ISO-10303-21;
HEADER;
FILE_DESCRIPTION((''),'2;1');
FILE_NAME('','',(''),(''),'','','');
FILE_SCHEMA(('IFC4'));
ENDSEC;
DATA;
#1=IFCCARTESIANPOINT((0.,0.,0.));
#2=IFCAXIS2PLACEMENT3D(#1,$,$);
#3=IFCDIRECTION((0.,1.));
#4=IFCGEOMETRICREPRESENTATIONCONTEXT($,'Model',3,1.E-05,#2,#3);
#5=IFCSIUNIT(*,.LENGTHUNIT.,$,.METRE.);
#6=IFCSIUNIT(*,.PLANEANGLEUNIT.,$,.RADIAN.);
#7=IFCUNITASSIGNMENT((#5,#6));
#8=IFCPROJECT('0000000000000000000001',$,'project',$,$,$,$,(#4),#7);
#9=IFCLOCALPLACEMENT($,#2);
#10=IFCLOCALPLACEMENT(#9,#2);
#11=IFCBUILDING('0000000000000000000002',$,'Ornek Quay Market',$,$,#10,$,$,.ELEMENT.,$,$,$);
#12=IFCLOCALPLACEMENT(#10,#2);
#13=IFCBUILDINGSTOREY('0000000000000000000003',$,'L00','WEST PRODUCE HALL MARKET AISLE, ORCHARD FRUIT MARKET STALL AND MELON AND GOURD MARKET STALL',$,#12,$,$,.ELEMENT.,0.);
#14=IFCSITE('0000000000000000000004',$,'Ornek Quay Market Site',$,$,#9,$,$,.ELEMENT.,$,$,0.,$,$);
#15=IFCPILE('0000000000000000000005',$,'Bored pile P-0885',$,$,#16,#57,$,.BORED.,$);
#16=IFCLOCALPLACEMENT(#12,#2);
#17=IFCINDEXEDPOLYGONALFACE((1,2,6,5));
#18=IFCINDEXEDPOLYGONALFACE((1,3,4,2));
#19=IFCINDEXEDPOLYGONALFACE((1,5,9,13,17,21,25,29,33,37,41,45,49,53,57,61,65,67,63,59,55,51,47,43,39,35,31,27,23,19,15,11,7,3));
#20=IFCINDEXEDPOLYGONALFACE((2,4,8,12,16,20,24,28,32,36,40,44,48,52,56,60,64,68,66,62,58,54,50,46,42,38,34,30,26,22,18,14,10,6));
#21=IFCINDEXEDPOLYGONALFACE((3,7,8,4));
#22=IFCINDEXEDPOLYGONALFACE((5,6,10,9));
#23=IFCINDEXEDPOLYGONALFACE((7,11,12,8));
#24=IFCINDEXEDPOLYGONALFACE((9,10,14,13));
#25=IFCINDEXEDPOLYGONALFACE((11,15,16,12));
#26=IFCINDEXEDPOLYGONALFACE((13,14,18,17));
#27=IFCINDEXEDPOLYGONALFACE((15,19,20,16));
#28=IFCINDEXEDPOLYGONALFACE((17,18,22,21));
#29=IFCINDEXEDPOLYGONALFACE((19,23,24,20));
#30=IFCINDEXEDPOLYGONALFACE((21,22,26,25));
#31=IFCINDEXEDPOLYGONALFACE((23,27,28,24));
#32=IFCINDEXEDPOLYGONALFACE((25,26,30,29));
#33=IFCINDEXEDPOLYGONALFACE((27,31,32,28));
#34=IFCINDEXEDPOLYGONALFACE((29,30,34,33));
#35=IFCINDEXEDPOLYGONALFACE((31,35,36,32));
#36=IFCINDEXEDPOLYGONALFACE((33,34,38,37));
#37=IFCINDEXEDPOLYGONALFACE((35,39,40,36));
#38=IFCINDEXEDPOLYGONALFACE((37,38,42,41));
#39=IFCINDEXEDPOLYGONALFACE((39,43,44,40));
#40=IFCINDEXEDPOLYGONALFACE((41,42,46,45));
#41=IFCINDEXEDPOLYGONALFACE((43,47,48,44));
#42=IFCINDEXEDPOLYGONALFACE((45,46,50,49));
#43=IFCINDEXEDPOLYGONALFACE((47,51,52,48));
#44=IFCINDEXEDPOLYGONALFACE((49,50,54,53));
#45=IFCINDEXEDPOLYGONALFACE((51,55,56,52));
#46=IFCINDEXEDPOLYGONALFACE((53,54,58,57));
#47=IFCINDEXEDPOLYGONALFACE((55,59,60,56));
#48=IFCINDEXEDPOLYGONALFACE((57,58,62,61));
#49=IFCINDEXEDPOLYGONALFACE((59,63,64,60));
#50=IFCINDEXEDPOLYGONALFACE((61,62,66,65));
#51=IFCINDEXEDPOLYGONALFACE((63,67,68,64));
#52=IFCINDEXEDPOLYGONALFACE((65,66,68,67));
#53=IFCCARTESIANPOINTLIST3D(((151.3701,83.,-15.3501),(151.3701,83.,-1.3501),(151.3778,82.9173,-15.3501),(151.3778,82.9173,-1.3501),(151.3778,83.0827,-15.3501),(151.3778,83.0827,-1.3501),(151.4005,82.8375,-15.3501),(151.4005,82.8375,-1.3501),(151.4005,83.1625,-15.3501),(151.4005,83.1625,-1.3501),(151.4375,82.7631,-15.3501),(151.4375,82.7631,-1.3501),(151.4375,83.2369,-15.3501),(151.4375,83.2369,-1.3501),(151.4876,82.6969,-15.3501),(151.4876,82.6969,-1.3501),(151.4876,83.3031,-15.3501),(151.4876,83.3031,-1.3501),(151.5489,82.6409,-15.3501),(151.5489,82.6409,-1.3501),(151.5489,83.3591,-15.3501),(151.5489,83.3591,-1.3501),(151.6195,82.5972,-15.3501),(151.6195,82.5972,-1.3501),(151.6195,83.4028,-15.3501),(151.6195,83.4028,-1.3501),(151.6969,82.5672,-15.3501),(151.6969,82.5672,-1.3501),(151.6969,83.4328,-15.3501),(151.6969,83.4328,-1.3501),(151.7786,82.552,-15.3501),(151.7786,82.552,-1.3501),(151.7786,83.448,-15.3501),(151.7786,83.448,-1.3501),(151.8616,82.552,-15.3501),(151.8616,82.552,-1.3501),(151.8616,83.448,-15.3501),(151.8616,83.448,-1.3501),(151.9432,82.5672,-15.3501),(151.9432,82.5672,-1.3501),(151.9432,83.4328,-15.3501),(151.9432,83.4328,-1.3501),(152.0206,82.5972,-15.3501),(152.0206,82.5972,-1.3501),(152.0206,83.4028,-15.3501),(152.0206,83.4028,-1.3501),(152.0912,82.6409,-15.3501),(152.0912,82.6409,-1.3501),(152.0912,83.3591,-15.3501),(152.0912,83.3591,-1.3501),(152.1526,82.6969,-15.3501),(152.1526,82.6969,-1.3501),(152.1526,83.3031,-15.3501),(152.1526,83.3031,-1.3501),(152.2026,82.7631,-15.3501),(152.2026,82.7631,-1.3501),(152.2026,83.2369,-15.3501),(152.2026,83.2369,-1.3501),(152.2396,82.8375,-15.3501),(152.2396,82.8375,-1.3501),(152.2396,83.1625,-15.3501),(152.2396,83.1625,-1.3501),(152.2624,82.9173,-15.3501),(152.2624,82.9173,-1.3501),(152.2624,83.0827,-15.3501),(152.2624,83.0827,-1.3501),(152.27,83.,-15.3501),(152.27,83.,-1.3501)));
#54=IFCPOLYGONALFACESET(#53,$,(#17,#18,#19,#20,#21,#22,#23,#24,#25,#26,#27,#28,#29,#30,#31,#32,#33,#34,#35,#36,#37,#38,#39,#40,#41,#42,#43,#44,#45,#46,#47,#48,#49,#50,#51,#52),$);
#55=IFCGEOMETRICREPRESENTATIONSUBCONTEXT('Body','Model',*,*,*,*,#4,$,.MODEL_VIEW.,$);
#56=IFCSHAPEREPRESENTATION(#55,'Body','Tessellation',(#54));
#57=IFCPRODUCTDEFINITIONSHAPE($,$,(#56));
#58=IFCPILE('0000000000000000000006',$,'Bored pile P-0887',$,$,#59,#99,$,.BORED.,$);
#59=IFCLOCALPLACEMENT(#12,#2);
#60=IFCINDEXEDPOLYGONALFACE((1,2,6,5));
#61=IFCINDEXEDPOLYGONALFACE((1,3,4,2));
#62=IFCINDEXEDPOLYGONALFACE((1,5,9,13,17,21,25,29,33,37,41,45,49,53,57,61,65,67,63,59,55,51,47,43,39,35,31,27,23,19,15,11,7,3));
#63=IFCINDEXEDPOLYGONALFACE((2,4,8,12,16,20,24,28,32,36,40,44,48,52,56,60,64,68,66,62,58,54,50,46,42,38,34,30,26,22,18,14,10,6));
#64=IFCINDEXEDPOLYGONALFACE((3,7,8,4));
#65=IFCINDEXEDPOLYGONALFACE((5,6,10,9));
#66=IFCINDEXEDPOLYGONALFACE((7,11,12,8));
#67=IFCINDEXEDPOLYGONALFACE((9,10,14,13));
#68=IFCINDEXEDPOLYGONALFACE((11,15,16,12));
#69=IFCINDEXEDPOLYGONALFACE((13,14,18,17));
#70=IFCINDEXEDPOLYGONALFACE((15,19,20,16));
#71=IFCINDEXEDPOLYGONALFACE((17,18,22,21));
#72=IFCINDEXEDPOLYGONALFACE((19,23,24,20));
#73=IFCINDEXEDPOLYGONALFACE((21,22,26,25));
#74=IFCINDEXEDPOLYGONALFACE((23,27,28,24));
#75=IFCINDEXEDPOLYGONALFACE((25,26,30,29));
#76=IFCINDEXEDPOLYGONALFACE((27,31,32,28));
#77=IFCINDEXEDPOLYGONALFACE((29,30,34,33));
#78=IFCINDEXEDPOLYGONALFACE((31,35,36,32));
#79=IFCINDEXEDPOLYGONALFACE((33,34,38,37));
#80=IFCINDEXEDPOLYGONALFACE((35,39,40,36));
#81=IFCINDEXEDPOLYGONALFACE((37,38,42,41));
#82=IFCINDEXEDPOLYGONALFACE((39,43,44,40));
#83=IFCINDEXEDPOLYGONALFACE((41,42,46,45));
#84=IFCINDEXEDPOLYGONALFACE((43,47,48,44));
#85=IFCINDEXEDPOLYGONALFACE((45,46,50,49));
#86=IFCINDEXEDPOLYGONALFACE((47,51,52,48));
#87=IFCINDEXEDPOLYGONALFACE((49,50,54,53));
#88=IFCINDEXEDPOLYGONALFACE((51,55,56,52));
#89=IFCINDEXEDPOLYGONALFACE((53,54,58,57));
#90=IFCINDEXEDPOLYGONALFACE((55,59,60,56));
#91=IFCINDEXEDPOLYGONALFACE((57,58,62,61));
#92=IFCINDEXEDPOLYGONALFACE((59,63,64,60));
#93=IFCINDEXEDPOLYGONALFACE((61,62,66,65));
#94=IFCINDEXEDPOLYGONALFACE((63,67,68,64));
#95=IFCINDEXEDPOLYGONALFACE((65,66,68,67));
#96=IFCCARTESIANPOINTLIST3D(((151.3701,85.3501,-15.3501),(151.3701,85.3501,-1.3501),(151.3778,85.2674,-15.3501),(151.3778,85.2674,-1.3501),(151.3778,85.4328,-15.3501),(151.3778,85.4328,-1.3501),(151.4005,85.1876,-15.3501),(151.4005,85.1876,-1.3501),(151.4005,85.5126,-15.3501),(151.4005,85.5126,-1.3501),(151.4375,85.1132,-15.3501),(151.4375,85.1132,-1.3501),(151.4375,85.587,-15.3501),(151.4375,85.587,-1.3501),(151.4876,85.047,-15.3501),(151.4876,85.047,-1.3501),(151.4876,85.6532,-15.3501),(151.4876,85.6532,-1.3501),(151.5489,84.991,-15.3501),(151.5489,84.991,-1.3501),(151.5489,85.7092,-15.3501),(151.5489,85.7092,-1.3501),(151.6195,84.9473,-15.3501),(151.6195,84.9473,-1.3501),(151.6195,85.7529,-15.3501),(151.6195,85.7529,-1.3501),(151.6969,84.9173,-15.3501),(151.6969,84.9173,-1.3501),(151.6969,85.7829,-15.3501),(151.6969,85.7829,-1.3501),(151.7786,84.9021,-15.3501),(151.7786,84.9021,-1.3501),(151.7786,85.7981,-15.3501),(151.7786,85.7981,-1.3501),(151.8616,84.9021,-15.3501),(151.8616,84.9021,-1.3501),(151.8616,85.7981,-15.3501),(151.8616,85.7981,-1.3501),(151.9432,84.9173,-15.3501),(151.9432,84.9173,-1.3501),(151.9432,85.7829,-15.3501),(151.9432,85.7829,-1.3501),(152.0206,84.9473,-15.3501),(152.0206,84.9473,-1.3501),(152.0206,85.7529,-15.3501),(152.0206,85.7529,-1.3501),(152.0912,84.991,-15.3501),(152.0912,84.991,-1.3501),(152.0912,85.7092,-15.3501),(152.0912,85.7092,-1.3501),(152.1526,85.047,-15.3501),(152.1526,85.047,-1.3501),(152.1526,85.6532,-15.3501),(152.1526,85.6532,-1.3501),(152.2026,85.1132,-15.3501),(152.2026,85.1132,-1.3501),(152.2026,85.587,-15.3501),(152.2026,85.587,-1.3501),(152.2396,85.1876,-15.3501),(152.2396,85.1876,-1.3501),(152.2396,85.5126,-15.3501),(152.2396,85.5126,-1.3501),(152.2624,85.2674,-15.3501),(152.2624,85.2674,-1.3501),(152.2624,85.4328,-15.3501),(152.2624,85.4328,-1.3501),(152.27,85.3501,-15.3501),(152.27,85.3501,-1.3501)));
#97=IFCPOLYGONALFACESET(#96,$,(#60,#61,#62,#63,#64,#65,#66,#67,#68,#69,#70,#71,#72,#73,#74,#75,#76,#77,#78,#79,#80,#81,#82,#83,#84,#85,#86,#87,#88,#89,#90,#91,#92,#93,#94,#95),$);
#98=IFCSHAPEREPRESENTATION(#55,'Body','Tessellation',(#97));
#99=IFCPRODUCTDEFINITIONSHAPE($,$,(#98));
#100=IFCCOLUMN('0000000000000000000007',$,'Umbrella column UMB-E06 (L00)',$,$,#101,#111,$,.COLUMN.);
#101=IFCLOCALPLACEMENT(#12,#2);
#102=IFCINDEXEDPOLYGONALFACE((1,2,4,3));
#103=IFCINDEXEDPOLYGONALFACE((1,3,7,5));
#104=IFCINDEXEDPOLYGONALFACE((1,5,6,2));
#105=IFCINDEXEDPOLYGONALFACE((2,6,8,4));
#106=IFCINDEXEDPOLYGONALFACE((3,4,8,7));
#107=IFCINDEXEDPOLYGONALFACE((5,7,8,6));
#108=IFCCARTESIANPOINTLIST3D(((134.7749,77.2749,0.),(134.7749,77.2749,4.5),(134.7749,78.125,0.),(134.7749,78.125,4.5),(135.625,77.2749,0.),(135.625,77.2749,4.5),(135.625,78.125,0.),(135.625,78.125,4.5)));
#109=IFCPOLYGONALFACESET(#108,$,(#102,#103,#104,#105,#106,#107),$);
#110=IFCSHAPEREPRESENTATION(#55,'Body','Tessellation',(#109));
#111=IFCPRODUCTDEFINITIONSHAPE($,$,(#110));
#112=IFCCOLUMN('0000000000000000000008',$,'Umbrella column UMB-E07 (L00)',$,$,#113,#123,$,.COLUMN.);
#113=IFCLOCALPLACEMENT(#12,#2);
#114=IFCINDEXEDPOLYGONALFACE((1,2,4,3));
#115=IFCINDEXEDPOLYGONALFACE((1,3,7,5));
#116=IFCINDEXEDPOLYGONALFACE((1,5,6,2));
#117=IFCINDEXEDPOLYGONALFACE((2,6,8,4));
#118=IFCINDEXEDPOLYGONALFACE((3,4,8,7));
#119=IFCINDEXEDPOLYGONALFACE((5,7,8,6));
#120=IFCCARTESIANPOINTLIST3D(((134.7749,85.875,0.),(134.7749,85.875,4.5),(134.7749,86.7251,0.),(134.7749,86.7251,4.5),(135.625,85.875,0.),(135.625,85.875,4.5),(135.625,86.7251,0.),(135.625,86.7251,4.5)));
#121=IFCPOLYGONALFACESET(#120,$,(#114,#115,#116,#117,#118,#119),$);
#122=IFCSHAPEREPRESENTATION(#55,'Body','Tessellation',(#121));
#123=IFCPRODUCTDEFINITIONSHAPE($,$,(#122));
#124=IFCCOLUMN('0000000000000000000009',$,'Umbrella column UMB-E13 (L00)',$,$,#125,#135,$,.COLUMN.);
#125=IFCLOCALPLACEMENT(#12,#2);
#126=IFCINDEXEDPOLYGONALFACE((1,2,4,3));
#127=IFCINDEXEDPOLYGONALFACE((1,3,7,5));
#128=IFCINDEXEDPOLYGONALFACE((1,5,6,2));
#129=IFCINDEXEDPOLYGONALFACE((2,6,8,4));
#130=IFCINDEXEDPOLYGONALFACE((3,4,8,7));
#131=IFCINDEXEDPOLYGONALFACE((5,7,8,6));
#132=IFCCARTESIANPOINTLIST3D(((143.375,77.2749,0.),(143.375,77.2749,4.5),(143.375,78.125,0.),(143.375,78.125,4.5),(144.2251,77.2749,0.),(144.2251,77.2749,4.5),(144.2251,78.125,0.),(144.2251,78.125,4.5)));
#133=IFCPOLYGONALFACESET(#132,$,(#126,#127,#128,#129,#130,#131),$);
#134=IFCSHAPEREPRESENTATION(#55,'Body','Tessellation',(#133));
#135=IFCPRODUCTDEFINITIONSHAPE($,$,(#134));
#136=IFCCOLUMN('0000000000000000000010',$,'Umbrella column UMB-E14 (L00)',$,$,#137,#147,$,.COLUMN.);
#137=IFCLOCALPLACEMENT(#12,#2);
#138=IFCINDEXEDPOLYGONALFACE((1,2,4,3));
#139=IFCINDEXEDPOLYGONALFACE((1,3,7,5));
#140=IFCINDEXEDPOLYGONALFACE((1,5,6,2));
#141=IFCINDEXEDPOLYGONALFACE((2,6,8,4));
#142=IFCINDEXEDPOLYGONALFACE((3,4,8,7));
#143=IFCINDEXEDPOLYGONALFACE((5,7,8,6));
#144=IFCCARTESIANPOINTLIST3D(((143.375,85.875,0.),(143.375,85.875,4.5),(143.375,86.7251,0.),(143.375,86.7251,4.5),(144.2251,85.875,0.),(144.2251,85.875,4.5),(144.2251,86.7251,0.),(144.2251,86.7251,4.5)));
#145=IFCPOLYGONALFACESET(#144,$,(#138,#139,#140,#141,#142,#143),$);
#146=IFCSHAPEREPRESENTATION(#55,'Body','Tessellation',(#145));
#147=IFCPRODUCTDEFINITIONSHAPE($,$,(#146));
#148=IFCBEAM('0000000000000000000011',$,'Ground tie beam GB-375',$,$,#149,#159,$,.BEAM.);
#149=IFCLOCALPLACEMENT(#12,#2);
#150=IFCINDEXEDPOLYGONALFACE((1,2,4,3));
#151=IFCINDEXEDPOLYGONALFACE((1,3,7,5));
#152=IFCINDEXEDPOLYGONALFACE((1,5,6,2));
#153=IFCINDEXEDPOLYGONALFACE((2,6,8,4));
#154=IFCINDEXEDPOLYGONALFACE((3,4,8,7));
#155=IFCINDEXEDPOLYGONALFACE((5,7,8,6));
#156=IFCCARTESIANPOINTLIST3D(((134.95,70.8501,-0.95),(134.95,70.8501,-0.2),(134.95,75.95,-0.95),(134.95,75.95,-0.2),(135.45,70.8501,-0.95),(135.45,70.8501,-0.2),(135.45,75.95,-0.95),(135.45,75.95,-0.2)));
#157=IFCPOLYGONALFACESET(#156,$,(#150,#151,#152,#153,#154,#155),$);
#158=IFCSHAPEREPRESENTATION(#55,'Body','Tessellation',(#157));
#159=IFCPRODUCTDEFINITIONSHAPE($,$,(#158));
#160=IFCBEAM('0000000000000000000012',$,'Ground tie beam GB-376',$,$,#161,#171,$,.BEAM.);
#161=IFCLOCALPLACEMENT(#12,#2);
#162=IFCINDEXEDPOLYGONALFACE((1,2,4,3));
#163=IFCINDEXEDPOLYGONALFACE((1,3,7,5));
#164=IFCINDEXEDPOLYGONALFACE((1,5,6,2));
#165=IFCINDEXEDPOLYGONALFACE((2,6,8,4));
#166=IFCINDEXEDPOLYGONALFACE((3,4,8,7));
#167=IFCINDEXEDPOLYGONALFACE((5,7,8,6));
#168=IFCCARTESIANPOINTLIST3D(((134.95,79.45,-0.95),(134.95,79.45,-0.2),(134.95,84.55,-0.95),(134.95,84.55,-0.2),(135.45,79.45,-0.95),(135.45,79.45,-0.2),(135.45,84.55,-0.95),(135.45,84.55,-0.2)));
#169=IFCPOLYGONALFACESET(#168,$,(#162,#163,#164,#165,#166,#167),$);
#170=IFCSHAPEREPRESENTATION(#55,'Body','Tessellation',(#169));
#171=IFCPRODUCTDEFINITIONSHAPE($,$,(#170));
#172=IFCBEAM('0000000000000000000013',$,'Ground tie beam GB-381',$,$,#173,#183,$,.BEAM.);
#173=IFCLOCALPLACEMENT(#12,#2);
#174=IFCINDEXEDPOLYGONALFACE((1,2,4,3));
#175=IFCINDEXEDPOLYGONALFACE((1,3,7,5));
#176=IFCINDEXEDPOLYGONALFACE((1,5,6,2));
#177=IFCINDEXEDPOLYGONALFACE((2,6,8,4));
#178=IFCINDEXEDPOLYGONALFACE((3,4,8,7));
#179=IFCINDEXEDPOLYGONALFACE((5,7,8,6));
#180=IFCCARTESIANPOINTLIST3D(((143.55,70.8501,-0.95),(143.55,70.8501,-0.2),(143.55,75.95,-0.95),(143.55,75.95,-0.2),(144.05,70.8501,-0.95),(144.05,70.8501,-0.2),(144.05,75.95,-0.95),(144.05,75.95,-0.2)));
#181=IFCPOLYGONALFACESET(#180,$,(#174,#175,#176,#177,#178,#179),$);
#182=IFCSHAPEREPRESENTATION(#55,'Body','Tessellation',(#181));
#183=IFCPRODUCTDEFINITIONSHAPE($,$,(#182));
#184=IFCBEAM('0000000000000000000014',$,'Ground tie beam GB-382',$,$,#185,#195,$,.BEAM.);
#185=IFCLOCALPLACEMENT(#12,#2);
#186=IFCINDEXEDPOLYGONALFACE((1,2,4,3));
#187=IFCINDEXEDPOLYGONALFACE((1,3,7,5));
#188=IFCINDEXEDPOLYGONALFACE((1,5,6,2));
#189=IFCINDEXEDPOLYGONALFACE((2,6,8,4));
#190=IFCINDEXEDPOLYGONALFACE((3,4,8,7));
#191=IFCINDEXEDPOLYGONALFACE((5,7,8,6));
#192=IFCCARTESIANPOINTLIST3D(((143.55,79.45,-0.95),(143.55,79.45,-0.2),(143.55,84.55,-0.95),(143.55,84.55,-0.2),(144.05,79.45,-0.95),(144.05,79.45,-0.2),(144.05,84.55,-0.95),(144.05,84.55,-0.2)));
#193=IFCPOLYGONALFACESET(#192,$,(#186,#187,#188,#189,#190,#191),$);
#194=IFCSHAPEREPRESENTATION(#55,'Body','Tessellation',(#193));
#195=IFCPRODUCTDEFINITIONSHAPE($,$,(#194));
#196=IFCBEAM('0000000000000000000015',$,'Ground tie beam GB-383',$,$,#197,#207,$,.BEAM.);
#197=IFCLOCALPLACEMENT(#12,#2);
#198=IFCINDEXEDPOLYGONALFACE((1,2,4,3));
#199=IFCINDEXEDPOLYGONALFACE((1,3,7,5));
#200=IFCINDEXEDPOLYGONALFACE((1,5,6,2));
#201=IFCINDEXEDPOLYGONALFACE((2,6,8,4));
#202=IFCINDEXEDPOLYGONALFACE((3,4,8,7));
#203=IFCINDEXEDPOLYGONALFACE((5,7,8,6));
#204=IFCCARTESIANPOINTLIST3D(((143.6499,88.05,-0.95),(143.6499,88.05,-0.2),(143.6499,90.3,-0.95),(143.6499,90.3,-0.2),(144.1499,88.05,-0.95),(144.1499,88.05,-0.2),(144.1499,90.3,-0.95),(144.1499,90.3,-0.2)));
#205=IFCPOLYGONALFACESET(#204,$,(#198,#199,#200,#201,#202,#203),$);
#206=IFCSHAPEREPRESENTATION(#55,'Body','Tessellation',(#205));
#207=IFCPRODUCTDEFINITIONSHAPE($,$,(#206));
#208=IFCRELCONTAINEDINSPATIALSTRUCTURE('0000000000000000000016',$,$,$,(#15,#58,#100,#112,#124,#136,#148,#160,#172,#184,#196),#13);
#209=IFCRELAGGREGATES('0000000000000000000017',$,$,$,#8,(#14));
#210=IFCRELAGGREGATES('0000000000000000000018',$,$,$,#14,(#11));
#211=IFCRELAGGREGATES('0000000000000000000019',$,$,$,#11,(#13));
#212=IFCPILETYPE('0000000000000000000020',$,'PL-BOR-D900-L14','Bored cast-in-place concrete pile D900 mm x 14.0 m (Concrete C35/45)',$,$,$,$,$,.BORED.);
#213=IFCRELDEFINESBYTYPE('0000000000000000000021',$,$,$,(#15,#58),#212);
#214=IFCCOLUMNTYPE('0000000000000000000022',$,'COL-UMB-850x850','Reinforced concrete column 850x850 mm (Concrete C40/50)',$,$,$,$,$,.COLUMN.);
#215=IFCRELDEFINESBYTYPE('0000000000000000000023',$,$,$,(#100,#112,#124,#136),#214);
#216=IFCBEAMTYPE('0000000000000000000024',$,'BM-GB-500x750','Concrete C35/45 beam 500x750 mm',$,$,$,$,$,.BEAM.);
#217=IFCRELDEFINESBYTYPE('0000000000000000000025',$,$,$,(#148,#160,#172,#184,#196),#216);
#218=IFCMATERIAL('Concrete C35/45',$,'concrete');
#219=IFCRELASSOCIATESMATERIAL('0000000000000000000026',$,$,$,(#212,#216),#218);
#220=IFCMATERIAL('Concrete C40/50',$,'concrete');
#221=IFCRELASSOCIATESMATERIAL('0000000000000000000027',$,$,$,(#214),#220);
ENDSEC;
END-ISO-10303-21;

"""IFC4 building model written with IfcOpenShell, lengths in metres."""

from ifc_helpers import new_model, si_unit, direction, frame, origin, origin_2d, place, context, subcontext, project, spatial, rectangle, circle, extrude, material, material_profile, profile_set, type_object, element, save


model = new_model("IFC4")

# Units and contexts
model_context = context("Model", 3, precision=1e-05, world=origin(), true_north=direction((0.0, 1.0)))
body_context = subcontext(model_context, "Body", "Model", "MODEL_VIEW")
ifc_project = project(units=[si_unit("LENGTHUNIT", "METRE"), si_unit("PLANEANGLEUNIT", "RADIAN")], contexts=[model_context])

# Site, building, storey
site_placement = place(None, origin())
site = spatial("IfcSite", under=ifc_project, at=site_placement, Name="Ornek Quay Market Site", CompositionType="ELEMENT", RefElevation=0.0)
building_placement = place(site_placement, origin())
building = spatial("IfcBuilding", under=site, at=building_placement, Name="Ornek Quay Market", CompositionType="ELEMENT")
storey_placement = place(building_placement, origin())
storey = spatial("IfcBuildingStorey", under=building, at=storey_placement, Name="L00", Description="WEST PRODUCE HALL MARKET AISLE, ORCHARD FRUIT MARKET STALL AND MELON AND GOURD MARKET STALL", CompositionType="ELEMENT", Elevation=0.0)

# Piles
ifc_material_1 = material(Name="Concrete C35/45", Category="concrete")
ifc_material_profile_1 = material_profile(ifc_material_1, circle(Radius=0.45, at=origin_2d()), Name="PILE D900", Category="concrete")
ifc_profile_set_1 = profile_set([ifc_material_profile_1], Name="Concrete C35/45")
pile_type_1 = type_object("IfcPileType", Name="PL-BOR-D900-L14", Description="Bored cast-in-place concrete pile D900 mm x 14.0 m (Concrete C35/45)", PredefinedType="BORED", material=ifc_profile_set_1)
for number, where, z_axis, x_axis, name in (
    (1, (151.8201, 83.0, -1.3501), (0.0, 0.0, -1.0), (1.0, 0.0, 0.0), "Bored pile P-0885"),
    (2, (151.8201, 85.3501, -1.3501), (0.0, 0.0, -1.0), (1.0, 0.0, 0.0), "Bored pile P-0887"),
):
    element("IfcPile", number, at=place(storey_placement, frame(where, z_axis=z_axis, x_axis=x_axis)), inside=storey, type_object=pile_type_1, Name=name, PredefinedType="BORED", context=body_context, shape_type="SweptSolid", body=[
        extrude(circle(Radius=0.45, at=origin_2d()), origin(), (0.0, 0.0, 1.0), 14.0),
    ])

# Columns
ifc_material_2 = material(Name="Concrete C40/50", Category="concrete")
ifc_material_profile_2 = material_profile(ifc_material_2, rectangle(XDim=0.8501, YDim=0.8501, at=origin_2d()), Name="RC 850x850", Category="concrete")
ifc_profile_set_2 = profile_set([ifc_material_profile_2], Name="Concrete C40/50")
column_type = type_object("IfcColumnType", Name="COL-UMB-850x850", Description="Reinforced concrete column 850x850 mm (Concrete C40/50)", PredefinedType="COLUMN", material=ifc_profile_set_2)
for number, where, z_axis, x_axis, name in (
    (3, (135.2, 77.7, 0.0), (0.0, 0.0, 1.0), (1.0, 0.0, 0.0), "Umbrella column UMB-E06 (L00)"),
    (4, (135.2, 86.3, 0.0), (0.0, 0.0, 1.0), (1.0, 0.0, 0.0), "Umbrella column UMB-E07 (L00)"),
    (5, (143.8, 77.7, 0.0), (0.0, 0.0, 1.0), (1.0, 0.0, 0.0), "Umbrella column UMB-E13 (L00)"),
    (6, (143.8, 86.3, 0.0), (0.0, 0.0, 1.0), (1.0, 0.0, 0.0), "Umbrella column UMB-E14 (L00)"),
):
    element("IfcColumn", number, at=place(storey_placement, frame(where, z_axis=z_axis, x_axis=x_axis)), inside=storey, type_object=column_type, Name=name, PredefinedType="COLUMN", context=body_context, shape_type="SweptSolid", body=[
        extrude(rectangle(XDim=0.8501, YDim=0.8501, at=origin_2d()), origin(), (0.0, 0.0, 1.0), 4.5),
    ])

# Beams
ifc_material_profile_3 = material_profile(ifc_material_1, rectangle(XDim=0.5, YDim=0.75, at=origin_2d()), Name="RC 500x750", Category="concrete")
ifc_profile_set_3 = profile_set([ifc_material_profile_3], Name="Concrete C35/45")
beam_type_1 = type_object("IfcBeamType", Name="BM-GB-500x750", Description="Concrete C35/45 beam 500x750 mm", PredefinedType="BEAM", material=ifc_profile_set_3)
beam_1_placement = place(storey_placement, frame((135.2, 70.8501, -0.575), z_axis=(0.0, 1.0, 0.0), x_axis=(-1.0, 0.0, 0.0)))
element("IfcBeam", 7, at=beam_1_placement, inside=storey, type_object=beam_type_1, Name="Ground tie beam GB-375", PredefinedType="BEAM", context=body_context, shape_type="SweptSolid", body=[
    extrude(rectangle(XDim=0.5, YDim=0.75, at=origin_2d()), origin(), (0.0, 0.0, 1.0), 5.0999),
])
beam_2_placement = place(storey_placement, frame((135.2, 79.45, -0.575), z_axis=(0.0, 1.0, 0.0), x_axis=(-1.0, 0.0, 0.0)))
element("IfcBeam", 8, at=beam_2_placement, inside=storey, type_object=beam_type_1, Name="Ground tie beam GB-376", PredefinedType="BEAM", context=body_context, shape_type="SweptSolid", body=[
    extrude(rectangle(XDim=0.5, YDim=0.75, at=origin_2d()), origin(), (0.0, 0.0, 1.0), 5.1001),
])
beam_3_placement = place(storey_placement, frame((143.8, 70.8501, -0.575), z_axis=(0.0, 1.0, 0.0), x_axis=(-1.0, 0.0, 0.0)))
element("IfcBeam", 9, at=beam_3_placement, inside=storey, type_object=beam_type_1, Name="Ground tie beam GB-381", PredefinedType="BEAM", context=body_context, shape_type="SweptSolid", body=[
    extrude(rectangle(XDim=0.5, YDim=0.75, at=origin_2d()), origin(), (0.0, 0.0, 1.0), 5.0999),
])
beam_4_placement = place(storey_placement, frame((143.8, 79.45, -0.575), z_axis=(0.0, 1.0, 0.0), x_axis=(-1.0, 0.0, 0.0)))
element("IfcBeam", 10, at=beam_4_placement, inside=storey, type_object=beam_type_1, Name="Ground tie beam GB-382", PredefinedType="BEAM", context=body_context, shape_type="SweptSolid", body=[
    extrude(rectangle(XDim=0.5, YDim=0.75, at=origin_2d()), origin(), (0.0, 0.0, 1.0), 5.1001),
])
beam_5_placement = place(storey_placement, frame((143.8999, 88.05, -0.575), z_axis=(0.0, 1.0, 0.0), x_axis=(-1.0, 0.0, 0.0)))
element("IfcBeam", 11, at=beam_5_placement, inside=storey, type_object=beam_type_1, Name="Ground tie beam GB-383", PredefinedType="BEAM", context=body_context, shape_type="SweptSolid", body=[
    extrude(rectangle(XDim=0.5, YDim=0.75, at=origin_2d()), origin(), (0.0, 0.0, 1.0), 2.25),
])

save(model, "model.ifc")
